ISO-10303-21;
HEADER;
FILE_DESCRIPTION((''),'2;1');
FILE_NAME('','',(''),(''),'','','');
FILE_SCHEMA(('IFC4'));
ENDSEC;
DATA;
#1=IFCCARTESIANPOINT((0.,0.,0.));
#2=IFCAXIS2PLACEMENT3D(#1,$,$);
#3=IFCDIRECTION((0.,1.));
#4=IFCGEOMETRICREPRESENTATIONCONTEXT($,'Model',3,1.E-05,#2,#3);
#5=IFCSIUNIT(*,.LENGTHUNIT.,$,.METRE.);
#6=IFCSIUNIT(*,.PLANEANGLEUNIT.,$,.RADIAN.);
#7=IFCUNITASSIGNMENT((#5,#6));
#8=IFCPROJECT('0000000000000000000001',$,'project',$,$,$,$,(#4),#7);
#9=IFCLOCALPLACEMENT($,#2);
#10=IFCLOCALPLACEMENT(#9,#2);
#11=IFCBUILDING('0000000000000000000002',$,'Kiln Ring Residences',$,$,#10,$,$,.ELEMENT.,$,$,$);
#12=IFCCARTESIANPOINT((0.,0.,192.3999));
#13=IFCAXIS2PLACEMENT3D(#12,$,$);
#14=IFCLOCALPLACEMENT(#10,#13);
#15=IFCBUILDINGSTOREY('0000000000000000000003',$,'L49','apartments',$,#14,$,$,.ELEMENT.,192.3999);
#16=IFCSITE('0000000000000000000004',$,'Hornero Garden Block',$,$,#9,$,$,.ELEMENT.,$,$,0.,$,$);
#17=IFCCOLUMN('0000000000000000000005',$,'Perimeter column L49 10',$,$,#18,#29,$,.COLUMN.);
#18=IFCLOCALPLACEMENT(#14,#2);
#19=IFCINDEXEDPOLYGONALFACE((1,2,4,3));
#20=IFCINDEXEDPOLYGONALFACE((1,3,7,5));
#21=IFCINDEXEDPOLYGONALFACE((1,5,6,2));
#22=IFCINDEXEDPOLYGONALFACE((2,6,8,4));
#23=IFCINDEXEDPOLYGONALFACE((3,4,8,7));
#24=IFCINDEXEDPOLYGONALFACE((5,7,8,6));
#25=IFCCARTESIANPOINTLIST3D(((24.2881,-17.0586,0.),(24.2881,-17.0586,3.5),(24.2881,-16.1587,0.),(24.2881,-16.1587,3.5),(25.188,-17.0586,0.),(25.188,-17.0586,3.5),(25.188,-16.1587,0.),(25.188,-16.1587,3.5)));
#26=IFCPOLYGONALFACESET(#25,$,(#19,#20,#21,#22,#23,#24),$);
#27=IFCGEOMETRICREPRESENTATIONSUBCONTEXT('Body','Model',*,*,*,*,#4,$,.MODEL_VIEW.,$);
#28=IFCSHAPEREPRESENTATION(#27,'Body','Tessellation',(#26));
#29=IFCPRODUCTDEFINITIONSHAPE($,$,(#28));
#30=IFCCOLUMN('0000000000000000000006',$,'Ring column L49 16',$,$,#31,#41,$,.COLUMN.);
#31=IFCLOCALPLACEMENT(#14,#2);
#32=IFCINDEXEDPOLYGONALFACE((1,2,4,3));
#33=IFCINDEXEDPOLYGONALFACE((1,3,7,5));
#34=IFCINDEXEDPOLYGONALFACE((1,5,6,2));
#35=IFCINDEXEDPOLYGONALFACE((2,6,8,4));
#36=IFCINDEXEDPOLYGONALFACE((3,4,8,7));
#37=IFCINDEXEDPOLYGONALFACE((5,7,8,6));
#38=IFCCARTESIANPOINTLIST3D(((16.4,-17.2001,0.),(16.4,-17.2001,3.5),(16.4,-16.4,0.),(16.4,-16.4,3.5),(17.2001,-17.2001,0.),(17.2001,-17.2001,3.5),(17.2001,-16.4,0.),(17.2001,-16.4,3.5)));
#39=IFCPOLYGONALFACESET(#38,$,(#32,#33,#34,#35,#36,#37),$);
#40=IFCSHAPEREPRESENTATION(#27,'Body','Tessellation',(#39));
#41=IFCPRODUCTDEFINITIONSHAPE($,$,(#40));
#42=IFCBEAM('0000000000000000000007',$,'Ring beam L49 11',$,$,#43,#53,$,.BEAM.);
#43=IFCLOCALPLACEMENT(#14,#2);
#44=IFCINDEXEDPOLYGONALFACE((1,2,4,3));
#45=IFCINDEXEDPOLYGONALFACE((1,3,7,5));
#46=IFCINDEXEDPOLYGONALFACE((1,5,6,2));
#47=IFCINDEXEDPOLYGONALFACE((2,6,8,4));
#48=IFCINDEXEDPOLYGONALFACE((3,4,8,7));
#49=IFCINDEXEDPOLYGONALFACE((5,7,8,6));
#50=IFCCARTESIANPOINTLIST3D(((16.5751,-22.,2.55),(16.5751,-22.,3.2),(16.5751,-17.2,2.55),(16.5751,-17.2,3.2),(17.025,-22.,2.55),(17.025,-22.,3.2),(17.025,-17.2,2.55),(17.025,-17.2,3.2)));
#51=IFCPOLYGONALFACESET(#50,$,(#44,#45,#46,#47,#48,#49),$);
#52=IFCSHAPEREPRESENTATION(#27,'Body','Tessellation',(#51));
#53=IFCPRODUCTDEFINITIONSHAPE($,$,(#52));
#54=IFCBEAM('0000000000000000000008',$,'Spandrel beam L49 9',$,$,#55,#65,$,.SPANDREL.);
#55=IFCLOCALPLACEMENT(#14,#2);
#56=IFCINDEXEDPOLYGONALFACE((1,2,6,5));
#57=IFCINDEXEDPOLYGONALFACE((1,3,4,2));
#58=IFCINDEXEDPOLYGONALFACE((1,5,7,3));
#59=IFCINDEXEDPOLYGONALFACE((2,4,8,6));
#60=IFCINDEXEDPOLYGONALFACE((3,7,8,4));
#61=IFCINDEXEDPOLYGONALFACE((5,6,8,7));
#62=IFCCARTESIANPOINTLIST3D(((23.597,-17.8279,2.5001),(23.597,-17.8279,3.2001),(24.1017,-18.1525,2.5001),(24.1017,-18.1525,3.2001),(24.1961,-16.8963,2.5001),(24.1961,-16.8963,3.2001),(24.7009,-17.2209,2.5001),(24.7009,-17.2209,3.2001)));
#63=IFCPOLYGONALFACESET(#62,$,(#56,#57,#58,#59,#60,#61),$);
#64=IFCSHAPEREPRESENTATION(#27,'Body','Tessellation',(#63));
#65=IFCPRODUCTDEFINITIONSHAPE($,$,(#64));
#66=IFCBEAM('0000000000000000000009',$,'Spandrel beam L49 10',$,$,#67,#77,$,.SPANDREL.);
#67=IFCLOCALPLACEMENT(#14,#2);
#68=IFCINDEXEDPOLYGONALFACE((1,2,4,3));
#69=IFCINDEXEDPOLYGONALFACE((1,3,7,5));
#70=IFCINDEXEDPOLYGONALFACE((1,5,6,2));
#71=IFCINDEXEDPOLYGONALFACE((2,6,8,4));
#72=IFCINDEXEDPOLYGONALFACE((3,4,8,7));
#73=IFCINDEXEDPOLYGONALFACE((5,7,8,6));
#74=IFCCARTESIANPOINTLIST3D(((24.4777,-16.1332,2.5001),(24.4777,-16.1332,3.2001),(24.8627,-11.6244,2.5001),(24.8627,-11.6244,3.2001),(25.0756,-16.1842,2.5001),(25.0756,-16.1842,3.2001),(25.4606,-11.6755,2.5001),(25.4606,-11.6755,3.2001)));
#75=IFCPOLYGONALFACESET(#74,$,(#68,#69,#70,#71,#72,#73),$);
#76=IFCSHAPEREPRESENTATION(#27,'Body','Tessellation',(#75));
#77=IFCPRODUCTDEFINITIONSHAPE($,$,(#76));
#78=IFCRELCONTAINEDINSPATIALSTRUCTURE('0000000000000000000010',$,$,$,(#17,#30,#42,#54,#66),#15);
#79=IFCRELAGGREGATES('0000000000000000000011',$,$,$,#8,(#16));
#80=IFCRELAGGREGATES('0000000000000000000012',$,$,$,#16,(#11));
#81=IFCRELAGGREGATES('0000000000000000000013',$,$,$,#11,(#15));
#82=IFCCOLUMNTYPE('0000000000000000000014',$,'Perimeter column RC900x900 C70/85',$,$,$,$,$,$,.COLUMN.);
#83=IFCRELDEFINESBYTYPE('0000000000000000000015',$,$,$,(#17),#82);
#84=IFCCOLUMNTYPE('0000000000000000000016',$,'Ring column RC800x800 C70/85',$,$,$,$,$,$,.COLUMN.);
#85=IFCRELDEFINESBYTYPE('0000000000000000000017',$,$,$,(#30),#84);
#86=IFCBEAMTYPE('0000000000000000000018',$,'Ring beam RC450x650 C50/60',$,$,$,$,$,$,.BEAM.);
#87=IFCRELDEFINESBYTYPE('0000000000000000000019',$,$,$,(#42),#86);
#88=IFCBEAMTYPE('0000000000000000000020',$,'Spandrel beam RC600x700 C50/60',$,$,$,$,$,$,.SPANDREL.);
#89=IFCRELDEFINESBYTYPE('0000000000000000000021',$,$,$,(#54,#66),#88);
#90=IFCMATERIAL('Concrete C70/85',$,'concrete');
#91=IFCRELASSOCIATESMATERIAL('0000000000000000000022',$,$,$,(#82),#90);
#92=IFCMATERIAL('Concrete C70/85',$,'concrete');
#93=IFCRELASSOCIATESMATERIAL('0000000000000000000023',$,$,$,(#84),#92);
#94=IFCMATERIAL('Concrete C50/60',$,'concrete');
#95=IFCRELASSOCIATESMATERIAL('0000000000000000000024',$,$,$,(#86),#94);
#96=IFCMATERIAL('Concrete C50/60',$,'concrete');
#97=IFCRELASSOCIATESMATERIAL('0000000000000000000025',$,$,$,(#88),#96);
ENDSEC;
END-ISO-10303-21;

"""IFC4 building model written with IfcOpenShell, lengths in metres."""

from ifc_helpers import new_model, si_unit, direction, frame, origin, origin_2d, place, context, subcontext, project, spatial, rectangle, extrude, material, material_profile, profile_set, type_object, element, save


model = new_model("IFC4")

# Units and contexts
model_context = context("Model", 3, precision=1e-05, world=origin(), true_north=direction((0.0, 1.0)))
body_context = subcontext(model_context, "Body", "Model", "MODEL_VIEW")
ifc_project = project(units=[si_unit("LENGTHUNIT", "METRE"), si_unit("PLANEANGLEUNIT", "RADIAN")], contexts=[model_context])

# Site, building, storey
site_placement = place(None, origin())
site = spatial("IfcSite", under=ifc_project, at=site_placement, Name="Hornero Garden Block", CompositionType="ELEMENT", RefElevation=0.0)
building_placement = place(site_placement, origin())
building = spatial("IfcBuilding", under=site, at=building_placement, Name="Kiln Ring Residences", CompositionType="ELEMENT")
storey_placement = place(building_placement, frame((0.0, 0.0, 192.3999)))
storey = spatial("IfcBuildingStorey", under=building, at=storey_placement, Name="L49", Description="apartments", CompositionType="ELEMENT", Elevation=192.3999)

# Columns
ifc_material_1 = material(Name="Concrete C70/85", Category="concrete")
ifc_material_profile_1 = material_profile(ifc_material_1, rectangle(XDim=0.8999, YDim=0.8999, at=origin_2d()), Name="RC900x900")
ifc_profile_set_1 = profile_set([ifc_material_profile_1], Name="Concrete C70/85")
column_type_1 = type_object("IfcColumnType", Name="Perimeter column RC900x900 C70/85", PredefinedType="COLUMN", material=ifc_profile_set_1)
column_1_placement = place(storey_placement, frame((24.738, -16.6086, 0.0), z_axis=(0.0, 0.0, 1.0), x_axis=(1.0, 0.0, 0.0)))
element("IfcColumn", 1, at=column_1_placement, inside=storey, type_object=column_type_1, Name="Perimeter column L49 10", PredefinedType="COLUMN", context=body_context, shape_type="SweptSolid", body=[
    extrude(rectangle(XDim=0.8999, YDim=0.8999, at=origin_2d()), origin(), (0.0, 0.0, 1.0), 3.5),
])
ifc_material_2 = material(Name="Concrete C70/85", Category="concrete")
ifc_material_profile_2 = material_profile(ifc_material_2, rectangle(XDim=0.8, YDim=0.8, at=origin_2d()), Name="RC800x800")
ifc_profile_set_2 = profile_set([ifc_material_profile_2], Name="Concrete C70/85")
column_type_2 = type_object("IfcColumnType", Name="Ring column RC800x800 C70/85", PredefinedType="COLUMN", material=ifc_profile_set_2)
column_2_placement = place(storey_placement, frame((16.8, -16.8, 0.0), z_axis=(0.0, 0.0, 1.0), x_axis=(1.0, 0.0, 0.0)))
element("IfcColumn", 2, at=column_2_placement, inside=storey, type_object=column_type_2, Name="Ring column L49 16", PredefinedType="COLUMN", context=body_context, shape_type="SweptSolid", body=[
    extrude(rectangle(XDim=0.8, YDim=0.8, at=origin_2d()), origin(), (0.0, 0.0, 1.0), 3.5),
])

# Beams
ifc_material_3 = material(Name="Concrete C50/60", Category="concrete")
ifc_material_profile_3 = material_profile(ifc_material_3, rectangle(XDim=0.45, YDim=0.6499, at=origin_2d()), Name="RC450x650")
ifc_profile_set_3 = profile_set([ifc_material_profile_3], Name="Concrete C50/60")
beam_type_1 = type_object("IfcBeamType", Name="Ring beam RC450x650 C50/60", PredefinedType="BEAM", material=ifc_profile_set_3)
beam_1_placement = place(storey_placement, frame((16.8, -17.2, 2.875), z_axis=(0.0, -1.0, 0.0), x_axis=(1.0, 0.0, 0.0)))
element("IfcBeam", 3, at=beam_1_placement, inside=storey, type_object=beam_type_1, Name="Ring beam L49 11", PredefinedType="BEAM", context=body_context, shape_type="SweptSolid", body=[
    extrude(rectangle(XDim=0.45, YDim=0.6499, at=origin_2d()), origin(), (0.0, 0.0, 1.0), 4.8),
])
ifc_material_4 = material(Name="Concrete C50/60", Category="concrete")
ifc_material_profile_4 = material_profile(ifc_material_4, rectangle(XDim=0.6001, YDim=0.7, at=origin_2d()), Name="RC600x700")
ifc_profile_set_4 = profile_set([ifc_material_profile_4], Name="Concrete C50/60")
beam_type_2 = type_object("IfcBeamType", Name="Spandrel beam RC600x700 C50/60", PredefinedType="SPANDREL", material=ifc_profile_set_4)
beam_2_placement = place(storey_placement, frame((23.8494, -17.9902, 2.8501), z_axis=(0.540891, 0.841093, 0.0), x_axis=(-0.841093, 0.540891, 0.0)))
element("IfcBeam", 4, at=beam_2_placement, inside=storey, type_object=beam_type_2, Name="Spandrel beam L49 9", PredefinedType="SPANDREL", context=body_context, shape_type="SweptSolid", body=[
    extrude(rectangle(XDim=0.6001, YDim=0.7, at=origin_2d()), origin(), (0.0, 0.0, 1.0), 1.1077),
])
beam_3_placement = place(storey_placement, frame((24.7766, -16.1587, 2.8501), z_axis=(0.085081, 0.996374, 0.0), x_axis=(-0.996374, 0.085081, 0.0)))
element("IfcBeam", 5, at=beam_3_placement, inside=storey, type_object=beam_type_2, Name="Spandrel beam L49 10", PredefinedType="SPANDREL", context=body_context, shape_type="SweptSolid", body=[
    extrude(rectangle(XDim=0.6001, YDim=0.7, at=origin_2d()), origin(), (0.0, 0.0, 1.0), 4.5251),
])

save(model, "model.ifc")
